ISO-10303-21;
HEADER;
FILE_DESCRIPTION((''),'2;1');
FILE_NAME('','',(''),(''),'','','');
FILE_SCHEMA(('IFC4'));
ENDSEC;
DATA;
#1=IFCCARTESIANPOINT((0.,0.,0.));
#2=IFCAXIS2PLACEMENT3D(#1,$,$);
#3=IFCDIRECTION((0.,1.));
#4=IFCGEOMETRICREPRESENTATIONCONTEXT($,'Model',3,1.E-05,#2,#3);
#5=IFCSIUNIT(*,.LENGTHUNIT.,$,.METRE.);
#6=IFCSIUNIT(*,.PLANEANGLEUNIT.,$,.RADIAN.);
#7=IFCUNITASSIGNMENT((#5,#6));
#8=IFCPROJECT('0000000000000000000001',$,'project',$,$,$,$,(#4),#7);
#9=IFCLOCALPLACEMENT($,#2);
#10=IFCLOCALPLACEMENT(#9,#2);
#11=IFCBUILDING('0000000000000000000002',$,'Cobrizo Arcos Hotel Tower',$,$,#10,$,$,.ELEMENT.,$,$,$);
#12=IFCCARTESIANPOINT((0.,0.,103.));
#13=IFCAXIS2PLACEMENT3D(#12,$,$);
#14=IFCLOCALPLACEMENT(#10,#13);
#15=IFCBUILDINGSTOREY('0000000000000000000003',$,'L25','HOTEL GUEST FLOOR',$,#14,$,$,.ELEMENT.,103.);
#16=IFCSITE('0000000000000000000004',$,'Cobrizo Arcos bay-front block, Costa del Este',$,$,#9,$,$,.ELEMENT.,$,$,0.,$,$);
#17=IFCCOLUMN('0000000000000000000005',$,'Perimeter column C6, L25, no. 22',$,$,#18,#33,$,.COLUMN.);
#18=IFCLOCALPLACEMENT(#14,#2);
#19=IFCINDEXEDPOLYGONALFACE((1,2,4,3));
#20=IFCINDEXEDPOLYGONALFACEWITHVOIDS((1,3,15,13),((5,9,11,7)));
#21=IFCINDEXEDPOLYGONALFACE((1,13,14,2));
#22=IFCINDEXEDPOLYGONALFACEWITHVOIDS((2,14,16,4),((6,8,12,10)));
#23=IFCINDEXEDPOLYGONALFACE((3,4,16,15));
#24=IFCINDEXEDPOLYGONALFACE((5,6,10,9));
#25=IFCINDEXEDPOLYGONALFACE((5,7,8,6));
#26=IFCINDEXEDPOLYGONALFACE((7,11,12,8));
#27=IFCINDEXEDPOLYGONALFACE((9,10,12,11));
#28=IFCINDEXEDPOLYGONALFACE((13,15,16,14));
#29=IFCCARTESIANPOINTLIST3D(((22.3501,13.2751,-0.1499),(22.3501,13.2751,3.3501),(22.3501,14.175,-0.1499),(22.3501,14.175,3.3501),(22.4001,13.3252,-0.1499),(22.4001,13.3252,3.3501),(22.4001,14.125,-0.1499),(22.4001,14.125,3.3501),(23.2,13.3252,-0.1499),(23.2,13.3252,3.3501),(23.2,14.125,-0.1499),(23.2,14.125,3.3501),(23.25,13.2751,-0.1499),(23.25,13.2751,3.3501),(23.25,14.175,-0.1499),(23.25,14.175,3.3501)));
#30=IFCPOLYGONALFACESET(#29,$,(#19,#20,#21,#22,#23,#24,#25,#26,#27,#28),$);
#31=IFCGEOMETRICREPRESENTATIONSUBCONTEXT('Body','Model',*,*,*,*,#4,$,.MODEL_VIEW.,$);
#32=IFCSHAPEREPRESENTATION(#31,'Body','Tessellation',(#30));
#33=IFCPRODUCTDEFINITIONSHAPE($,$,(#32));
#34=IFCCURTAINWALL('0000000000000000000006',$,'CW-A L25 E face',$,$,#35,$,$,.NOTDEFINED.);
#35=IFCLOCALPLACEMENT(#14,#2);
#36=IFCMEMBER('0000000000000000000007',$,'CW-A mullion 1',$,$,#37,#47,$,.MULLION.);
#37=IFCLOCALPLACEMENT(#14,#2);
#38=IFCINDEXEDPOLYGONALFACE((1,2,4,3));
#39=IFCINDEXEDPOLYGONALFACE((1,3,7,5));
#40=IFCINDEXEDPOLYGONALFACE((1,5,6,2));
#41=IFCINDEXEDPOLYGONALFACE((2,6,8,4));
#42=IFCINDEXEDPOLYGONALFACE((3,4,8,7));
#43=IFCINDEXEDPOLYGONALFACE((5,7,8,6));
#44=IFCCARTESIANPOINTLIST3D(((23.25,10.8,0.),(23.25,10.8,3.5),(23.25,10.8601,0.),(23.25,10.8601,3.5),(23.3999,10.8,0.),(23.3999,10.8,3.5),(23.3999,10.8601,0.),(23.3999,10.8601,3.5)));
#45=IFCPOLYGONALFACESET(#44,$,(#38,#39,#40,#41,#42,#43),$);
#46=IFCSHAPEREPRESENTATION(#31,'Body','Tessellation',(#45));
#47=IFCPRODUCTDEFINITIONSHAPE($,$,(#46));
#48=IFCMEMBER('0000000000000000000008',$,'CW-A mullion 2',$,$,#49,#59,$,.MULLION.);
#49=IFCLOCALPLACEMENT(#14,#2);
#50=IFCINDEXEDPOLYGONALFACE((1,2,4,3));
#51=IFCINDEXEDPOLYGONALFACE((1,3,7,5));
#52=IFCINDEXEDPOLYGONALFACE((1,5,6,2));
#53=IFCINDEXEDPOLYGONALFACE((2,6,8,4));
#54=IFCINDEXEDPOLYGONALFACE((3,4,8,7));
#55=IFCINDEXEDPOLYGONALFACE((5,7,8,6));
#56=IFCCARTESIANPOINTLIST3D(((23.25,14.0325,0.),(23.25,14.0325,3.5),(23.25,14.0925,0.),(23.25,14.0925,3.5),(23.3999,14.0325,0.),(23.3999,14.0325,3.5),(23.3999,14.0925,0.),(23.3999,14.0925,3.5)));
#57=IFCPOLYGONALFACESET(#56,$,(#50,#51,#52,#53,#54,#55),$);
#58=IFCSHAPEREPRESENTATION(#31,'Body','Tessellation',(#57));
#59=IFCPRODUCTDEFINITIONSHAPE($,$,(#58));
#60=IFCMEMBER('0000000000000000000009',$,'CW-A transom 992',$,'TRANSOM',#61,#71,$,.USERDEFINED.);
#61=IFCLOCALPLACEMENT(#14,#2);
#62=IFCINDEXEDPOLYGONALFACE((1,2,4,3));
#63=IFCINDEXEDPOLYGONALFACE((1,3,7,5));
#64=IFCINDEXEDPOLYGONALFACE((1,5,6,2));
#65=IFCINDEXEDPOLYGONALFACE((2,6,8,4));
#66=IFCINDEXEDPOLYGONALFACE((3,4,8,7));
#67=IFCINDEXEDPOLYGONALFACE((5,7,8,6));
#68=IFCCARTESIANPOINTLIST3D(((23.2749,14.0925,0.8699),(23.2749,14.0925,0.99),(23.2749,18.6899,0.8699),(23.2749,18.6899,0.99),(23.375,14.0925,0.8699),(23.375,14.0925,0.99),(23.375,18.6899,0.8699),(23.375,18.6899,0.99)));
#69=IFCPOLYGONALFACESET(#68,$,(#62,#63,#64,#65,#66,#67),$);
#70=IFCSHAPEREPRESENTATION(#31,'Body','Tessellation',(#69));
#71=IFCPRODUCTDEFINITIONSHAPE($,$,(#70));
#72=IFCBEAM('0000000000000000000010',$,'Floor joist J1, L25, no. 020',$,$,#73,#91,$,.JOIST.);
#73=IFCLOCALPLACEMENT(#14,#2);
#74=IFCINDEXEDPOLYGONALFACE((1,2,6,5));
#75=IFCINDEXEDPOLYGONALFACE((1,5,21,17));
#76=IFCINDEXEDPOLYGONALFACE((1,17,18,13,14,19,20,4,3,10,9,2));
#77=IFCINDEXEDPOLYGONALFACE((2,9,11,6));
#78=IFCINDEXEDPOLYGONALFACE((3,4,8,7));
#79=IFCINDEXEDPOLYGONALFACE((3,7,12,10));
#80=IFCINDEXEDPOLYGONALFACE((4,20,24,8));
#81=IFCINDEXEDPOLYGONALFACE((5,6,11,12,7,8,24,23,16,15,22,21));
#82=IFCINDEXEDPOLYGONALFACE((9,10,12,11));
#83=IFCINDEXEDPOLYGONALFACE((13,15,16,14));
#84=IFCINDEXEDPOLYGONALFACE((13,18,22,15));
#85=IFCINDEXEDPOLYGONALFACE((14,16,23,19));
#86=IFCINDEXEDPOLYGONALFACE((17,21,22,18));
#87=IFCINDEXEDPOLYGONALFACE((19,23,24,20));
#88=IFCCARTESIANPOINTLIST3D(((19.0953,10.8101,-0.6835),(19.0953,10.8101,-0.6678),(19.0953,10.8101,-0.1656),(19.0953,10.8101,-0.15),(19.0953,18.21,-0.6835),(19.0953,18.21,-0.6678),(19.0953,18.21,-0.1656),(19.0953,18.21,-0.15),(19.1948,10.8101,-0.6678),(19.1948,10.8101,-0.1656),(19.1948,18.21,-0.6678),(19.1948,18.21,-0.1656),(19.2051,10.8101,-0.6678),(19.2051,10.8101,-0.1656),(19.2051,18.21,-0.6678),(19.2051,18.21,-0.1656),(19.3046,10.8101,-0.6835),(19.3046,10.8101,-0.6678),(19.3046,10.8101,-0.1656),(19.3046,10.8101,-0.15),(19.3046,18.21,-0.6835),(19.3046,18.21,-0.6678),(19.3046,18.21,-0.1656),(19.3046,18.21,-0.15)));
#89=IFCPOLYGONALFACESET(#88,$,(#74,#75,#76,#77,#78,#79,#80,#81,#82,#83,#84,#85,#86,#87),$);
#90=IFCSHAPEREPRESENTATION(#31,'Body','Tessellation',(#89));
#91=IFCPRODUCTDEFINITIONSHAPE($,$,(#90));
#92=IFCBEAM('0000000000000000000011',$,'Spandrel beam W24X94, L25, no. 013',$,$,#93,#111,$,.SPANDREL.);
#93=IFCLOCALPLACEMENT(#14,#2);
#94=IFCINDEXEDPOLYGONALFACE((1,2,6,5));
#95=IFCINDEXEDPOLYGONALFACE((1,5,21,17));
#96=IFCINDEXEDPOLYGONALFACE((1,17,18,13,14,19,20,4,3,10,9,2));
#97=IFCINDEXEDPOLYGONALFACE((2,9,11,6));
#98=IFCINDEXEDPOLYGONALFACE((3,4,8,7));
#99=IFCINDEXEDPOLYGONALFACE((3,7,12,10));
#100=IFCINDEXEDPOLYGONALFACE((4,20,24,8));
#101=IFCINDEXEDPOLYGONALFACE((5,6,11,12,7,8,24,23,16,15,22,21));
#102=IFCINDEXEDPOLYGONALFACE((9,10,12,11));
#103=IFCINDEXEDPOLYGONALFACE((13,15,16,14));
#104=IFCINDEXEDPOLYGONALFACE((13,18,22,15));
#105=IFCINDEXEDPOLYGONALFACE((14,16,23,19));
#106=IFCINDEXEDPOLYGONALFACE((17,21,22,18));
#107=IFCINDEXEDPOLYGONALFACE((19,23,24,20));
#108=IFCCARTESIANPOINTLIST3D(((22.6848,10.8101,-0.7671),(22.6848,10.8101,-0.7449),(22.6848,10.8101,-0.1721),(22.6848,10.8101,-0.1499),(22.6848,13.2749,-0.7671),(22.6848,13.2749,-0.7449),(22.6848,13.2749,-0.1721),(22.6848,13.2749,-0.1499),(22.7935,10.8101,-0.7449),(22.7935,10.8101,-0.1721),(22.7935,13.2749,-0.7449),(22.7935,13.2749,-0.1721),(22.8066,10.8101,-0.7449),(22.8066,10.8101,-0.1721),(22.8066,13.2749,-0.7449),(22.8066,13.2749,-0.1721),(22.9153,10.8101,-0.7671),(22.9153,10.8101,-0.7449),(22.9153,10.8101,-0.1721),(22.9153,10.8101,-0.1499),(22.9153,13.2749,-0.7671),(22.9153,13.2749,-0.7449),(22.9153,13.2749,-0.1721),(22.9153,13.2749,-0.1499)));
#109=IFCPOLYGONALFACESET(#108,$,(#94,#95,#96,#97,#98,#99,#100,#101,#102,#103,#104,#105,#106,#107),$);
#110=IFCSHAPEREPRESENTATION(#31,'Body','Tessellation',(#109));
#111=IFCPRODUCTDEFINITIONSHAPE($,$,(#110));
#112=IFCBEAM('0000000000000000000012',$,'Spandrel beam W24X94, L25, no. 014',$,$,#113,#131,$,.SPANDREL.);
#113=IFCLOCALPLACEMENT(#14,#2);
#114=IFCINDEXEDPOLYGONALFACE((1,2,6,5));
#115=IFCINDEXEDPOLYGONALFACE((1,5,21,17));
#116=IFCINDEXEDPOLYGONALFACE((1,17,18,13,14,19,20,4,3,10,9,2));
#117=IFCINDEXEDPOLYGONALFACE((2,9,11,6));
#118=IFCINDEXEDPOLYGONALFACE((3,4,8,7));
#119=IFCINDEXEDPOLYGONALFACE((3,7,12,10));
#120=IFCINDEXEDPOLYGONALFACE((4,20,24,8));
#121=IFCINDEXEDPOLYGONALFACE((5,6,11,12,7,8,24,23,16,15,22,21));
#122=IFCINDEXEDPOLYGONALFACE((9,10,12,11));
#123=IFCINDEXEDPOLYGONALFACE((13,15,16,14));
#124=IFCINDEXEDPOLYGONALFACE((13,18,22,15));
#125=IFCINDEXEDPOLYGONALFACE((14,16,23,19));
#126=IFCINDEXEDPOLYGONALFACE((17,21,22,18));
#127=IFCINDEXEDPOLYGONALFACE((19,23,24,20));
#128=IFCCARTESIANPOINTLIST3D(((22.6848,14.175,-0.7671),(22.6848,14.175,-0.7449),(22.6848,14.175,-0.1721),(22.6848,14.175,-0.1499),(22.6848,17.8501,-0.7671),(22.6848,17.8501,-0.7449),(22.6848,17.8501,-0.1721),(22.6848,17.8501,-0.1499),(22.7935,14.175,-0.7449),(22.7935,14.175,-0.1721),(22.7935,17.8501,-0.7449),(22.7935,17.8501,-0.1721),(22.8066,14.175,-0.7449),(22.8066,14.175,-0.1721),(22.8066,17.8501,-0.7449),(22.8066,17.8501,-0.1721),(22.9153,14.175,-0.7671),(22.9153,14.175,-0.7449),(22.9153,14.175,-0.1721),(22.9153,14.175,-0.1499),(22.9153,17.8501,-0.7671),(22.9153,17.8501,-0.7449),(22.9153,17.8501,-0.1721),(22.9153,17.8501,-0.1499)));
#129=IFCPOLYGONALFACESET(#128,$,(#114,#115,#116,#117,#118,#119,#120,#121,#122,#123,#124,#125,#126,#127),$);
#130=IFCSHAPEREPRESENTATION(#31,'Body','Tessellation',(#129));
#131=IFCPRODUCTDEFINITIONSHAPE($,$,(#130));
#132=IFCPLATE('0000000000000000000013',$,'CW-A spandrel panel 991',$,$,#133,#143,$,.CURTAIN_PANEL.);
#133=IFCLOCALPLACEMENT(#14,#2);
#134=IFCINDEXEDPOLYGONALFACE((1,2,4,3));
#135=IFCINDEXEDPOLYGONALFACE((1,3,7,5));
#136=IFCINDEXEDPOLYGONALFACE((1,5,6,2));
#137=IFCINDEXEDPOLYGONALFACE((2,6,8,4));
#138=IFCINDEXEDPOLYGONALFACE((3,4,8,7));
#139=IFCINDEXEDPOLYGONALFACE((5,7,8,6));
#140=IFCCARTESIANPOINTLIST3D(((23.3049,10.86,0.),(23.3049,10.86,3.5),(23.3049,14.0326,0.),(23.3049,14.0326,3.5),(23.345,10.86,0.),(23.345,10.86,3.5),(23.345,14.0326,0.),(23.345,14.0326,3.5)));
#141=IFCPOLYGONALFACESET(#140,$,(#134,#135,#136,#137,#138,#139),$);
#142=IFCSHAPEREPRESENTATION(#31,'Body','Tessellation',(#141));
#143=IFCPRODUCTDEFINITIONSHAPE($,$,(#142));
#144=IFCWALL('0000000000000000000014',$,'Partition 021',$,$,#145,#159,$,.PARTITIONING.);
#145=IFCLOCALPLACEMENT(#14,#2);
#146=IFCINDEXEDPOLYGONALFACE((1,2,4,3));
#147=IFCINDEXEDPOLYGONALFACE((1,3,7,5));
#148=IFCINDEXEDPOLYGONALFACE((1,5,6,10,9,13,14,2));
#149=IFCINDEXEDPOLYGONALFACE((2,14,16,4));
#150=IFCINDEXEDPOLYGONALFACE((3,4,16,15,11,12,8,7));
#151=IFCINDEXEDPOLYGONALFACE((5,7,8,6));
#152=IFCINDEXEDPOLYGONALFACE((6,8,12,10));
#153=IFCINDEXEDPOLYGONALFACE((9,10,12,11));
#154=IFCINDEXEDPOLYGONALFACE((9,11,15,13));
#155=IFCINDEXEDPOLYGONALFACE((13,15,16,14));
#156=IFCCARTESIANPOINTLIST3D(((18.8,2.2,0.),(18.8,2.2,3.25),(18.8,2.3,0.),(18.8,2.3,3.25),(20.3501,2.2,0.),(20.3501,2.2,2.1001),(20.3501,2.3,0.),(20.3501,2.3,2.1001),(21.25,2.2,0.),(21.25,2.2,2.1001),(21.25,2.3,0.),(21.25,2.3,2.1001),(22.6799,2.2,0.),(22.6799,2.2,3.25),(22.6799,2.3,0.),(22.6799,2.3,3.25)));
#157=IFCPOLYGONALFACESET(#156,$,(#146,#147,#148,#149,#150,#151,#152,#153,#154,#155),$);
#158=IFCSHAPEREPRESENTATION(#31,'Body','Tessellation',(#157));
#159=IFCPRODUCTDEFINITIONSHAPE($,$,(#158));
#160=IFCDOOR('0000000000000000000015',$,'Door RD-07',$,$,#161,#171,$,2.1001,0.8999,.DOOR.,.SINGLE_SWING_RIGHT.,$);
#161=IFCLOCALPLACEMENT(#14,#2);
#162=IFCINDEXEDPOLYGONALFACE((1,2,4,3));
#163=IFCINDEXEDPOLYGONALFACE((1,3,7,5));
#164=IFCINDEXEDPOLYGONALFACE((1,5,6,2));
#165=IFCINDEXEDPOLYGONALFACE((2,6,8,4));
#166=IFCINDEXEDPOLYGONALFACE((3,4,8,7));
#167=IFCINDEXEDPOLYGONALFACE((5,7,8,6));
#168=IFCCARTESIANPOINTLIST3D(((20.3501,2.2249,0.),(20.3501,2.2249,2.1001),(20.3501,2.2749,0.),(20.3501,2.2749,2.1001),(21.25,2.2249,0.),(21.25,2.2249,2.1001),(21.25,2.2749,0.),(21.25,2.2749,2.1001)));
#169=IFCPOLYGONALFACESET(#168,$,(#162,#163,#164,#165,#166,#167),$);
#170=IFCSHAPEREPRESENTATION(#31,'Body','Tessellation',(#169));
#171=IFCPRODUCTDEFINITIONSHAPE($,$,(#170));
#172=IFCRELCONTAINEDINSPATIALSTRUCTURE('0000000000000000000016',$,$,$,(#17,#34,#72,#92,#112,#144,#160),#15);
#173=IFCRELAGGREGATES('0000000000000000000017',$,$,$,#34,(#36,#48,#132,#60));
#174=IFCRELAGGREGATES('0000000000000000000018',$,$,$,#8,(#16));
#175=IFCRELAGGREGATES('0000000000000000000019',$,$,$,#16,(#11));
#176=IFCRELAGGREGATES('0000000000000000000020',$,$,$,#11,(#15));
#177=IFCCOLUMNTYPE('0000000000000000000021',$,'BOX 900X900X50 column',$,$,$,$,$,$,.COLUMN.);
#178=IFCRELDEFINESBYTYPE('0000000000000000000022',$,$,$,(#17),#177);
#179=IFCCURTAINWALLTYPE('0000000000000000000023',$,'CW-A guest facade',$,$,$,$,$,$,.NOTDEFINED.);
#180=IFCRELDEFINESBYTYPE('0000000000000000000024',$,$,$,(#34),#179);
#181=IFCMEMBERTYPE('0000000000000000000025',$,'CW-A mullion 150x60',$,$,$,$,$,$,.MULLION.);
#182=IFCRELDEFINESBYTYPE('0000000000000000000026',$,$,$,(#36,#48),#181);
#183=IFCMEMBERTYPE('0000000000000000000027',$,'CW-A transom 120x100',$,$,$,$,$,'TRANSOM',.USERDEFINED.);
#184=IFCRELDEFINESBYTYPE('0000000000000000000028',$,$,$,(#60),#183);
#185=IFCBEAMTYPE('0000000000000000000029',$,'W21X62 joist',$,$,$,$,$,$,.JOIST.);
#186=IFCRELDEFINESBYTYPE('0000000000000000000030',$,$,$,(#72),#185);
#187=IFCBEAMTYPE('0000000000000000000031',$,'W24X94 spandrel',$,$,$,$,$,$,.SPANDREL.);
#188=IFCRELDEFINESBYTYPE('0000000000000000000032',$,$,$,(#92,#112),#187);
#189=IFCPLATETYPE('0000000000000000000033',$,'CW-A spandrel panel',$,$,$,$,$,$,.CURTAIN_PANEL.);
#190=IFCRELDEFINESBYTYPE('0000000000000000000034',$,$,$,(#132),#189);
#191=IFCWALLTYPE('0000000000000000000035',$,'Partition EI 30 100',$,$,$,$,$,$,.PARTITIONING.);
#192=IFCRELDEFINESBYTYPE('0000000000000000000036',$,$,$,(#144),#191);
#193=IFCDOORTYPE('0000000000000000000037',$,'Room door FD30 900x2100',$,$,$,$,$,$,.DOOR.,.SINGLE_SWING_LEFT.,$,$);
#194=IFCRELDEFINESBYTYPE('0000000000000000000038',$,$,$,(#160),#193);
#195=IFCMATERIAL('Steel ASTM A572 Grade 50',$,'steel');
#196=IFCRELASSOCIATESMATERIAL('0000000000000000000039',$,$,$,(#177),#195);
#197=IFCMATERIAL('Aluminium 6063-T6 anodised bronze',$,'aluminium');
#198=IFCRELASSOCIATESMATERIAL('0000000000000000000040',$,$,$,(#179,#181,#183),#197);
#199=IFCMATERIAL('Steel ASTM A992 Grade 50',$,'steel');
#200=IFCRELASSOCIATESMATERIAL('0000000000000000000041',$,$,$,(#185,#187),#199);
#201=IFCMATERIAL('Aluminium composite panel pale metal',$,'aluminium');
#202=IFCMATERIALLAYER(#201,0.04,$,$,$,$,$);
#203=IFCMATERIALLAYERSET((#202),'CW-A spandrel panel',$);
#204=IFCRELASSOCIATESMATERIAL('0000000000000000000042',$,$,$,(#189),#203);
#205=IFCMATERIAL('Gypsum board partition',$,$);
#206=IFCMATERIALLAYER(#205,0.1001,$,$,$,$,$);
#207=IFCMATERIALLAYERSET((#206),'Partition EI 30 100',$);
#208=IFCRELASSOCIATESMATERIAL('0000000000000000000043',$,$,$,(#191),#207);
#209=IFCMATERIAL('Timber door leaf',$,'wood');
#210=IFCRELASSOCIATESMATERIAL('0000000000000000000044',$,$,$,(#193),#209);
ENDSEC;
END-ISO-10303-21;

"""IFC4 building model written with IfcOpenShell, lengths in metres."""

from ifc_helpers import new_model, si_unit, direction, frame, frame_2d, origin, origin_2d, place, context, subcontext, project, spatial, rectangle, hollow_rectangle, i_section, extrude, material, layer, layer_set, material_profile, profile_set, type_object, element, fill, aggregate, save


model = new_model("IFC4")

# Units and contexts
model_context = context("Model", 3, precision=1e-05, world=origin(), true_north=direction((0.0, 1.0)))
body_context = subcontext(model_context, "Body", "Model", "MODEL_VIEW")
ifc_project = project(units=[si_unit("LENGTHUNIT", "METRE"), si_unit("PLANEANGLEUNIT", "RADIAN")], contexts=[model_context])

# Site, building, storey
site_placement = place(None, origin())
site = spatial("IfcSite", under=ifc_project, at=site_placement, Name="Cobrizo Arcos bay-front block, Costa del Este", CompositionType="ELEMENT", RefElevation=0.0)
building_placement = place(site_placement, origin())
building = spatial("IfcBuilding", under=site, at=building_placement, Name="Cobrizo Arcos Hotel Tower", CompositionType="ELEMENT")
storey_placement = place(building_placement, frame((0.0, 0.0, 103.0)))
storey = spatial("IfcBuildingStorey", under=building, at=storey_placement, Name="L25", Description="HOTEL GUEST FLOOR", CompositionType="ELEMENT", Elevation=103.0)

# Column
ifc_material_1 = material(Name="Steel ASTM A572 Grade 50", Category="steel")
ifc_material_profile_1 = material_profile(ifc_material_1, hollow_rectangle(XDim=0.8999, YDim=0.8999, WallThickness=0.05, at=origin_2d()), Name="BOX 900X900X50")
ifc_profile_set_1 = profile_set([ifc_material_profile_1], Name="Steel ASTM A572 Grade 50")
column_type = type_object("IfcColumnType", Name="BOX 900X900X50 column", PredefinedType="COLUMN", material=ifc_profile_set_1)
column_placement = place(storey_placement, frame((22.8, 13.7251, -0.1499), z_axis=(0.0, 0.0, 1.0), x_axis=(1.0, 0.0, 0.0)))
element("IfcColumn", 1, at=column_placement, inside=storey, type_object=column_type, Name="Perimeter column C6, L25, no. 22", PredefinedType="COLUMN", context=body_context, shape_type="SweptSolid", body=[
    extrude(hollow_rectangle(XDim=0.8999, YDim=0.8999, WallThickness=0.05, at=origin_2d()), origin(), (0.0, 0.0, 1.0), 3.5),
])

# Curtain wall, members
ifc_material_2 = material(Name="Aluminium 6063-T6 anodised bronze", Category="aluminium")
curtain_wall_type = type_object("IfcCurtainWallType", Name="CW-A guest facade", PredefinedType="NOTDEFINED", material=ifc_material_2)
curtain_wall_placement = place(storey_placement, origin())
curtain_wall = element("IfcCurtainWall", 2, at=curtain_wall_placement, inside=storey, type_object=curtain_wall_type, Name="CW-A L25 E face", PredefinedType="NOTDEFINED")
ifc_material_profile_2 = material_profile(ifc_material_2, rectangle(XDim=0.1499, YDim=0.0601, at=origin_2d()), Name="CW-A mullion 150x60")
ifc_profile_set_2 = profile_set([ifc_material_profile_2], Name="Aluminium 6063-T6 anodised bronze")
member_type_1 = type_object("IfcMemberType", Name="CW-A mullion 150x60", PredefinedType="MULLION", material=ifc_profile_set_2)
member_1_placement = place(storey_placement, frame((23.325, 10.8301, 0.0), z_axis=(0.0, 0.0, 1.0), x_axis=(1.0, 0.0, 0.0)))
member_1 = element("IfcMember", 3, at=member_1_placement, type_object=member_type_1, Name="CW-A mullion 1", PredefinedType="MULLION", context=body_context, shape_type="SweptSolid", body=[
    extrude(rectangle(XDim=0.1499, YDim=0.0601, at=origin_2d()), origin(), (0.0, 0.0, 1.0), 3.5),
])
member_2_placement = place(storey_placement, frame((23.325, 14.0625, 0.0), z_axis=(0.0, 0.0, 1.0), x_axis=(1.0, 0.0, 0.0)))
member_2 = element("IfcMember", 4, at=member_2_placement, type_object=member_type_1, Name="CW-A mullion 2", PredefinedType="MULLION", context=body_context, shape_type="SweptSolid", body=[
    extrude(rectangle(XDim=0.1499, YDim=0.0601, at=origin_2d()), origin(), (0.0, 0.0, 1.0), 3.5),
])
ifc_material_profile_3 = material_profile(ifc_material_2, rectangle(XDim=0.1001, YDim=0.1201, at=origin_2d()), Name="CW-A transom 120x100")
ifc_profile_set_3 = profile_set([ifc_material_profile_3], Name="Aluminium 6063-T6 anodised bronze")
member_type_2 = type_object("IfcMemberType", Name="CW-A transom 120x100", ElementType="TRANSOM", PredefinedType="USERDEFINED", material=ifc_profile_set_3)
member_3_placement = place(storey_placement, frame((23.325, 14.0925, 0.9299), z_axis=(0.0, 1.0, 0.0), x_axis=(-1.0, 0.0, 0.0)))
member_3 = element("IfcMember", 5, at=member_3_placement, type_object=member_type_2, Name="CW-A transom 992", ObjectType="TRANSOM", PredefinedType="USERDEFINED", context=body_context, shape_type="SweptSolid", body=[
    extrude(rectangle(XDim=0.1001, YDim=0.1201, at=origin_2d()), origin(), (0.0, 0.0, 1.0), 4.5974),
])

# Beams
ifc_material_3 = material(Name="Steel ASTM A992 Grade 50", Category="steel")
ifc_material_profile_4 = material_profile(ifc_material_3, i_section(OverallWidth=0.2092, OverallDepth=0.5334, WebThickness=0.0103, FlangeThickness=0.0156, at=origin_2d()), Name="W21X62")
ifc_profile_set_4 = profile_set([ifc_material_profile_4], Name="Steel ASTM A992 Grade 50")
beam_type_1 = type_object("IfcBeamType", Name="W21X62 joist", PredefinedType="JOIST", material=ifc_profile_set_4)
beam_1_placement = place(storey_placement, frame((19.2, 10.8101, -0.4167), z_axis=(0.0, 1.0, 0.0), x_axis=(-1.0, 0.0, 0.0)))
element("IfcBeam", 6, at=beam_1_placement, inside=storey, type_object=beam_type_1, Name="Floor joist J1, L25, no. 020", PredefinedType="JOIST", context=body_context, shape_type="SweptSolid", body=[
    extrude(i_section(OverallWidth=0.2092, OverallDepth=0.5334, WebThickness=0.0103, FlangeThickness=0.0156, at=origin_2d()), origin(), (0.0, 0.0, 1.0), 7.3999),
])
ifc_material_profile_5 = material_profile(ifc_material_3, i_section(OverallWidth=0.2305, OverallDepth=0.6172, WebThickness=0.0132, FlangeThickness=0.0222, at=origin_2d()), Name="W24X94")
ifc_profile_set_5 = profile_set([ifc_material_profile_5], Name="Steel ASTM A992 Grade 50")
beam_type_2 = type_object("IfcBeamType", Name="W24X94 spandrel", PredefinedType="SPANDREL", material=ifc_profile_set_5)
beam_2_placement = place(storey_placement, frame((22.8, 10.8101, -0.4585), z_axis=(0.0, 1.0, 0.0), x_axis=(-1.0, 0.0, 0.0)))
element("IfcBeam", 7, at=beam_2_placement, inside=storey, type_object=beam_type_2, Name="Spandrel beam W24X94, L25, no. 013", PredefinedType="SPANDREL", context=body_context, shape_type="SweptSolid", body=[
    extrude(i_section(OverallWidth=0.2305, OverallDepth=0.6172, WebThickness=0.0132, FlangeThickness=0.0222, at=origin_2d()), origin(), (0.0, 0.0, 1.0), 2.4648),
])
beam_3_placement = place(storey_placement, frame((22.8, 14.175, -0.4585), z_axis=(0.0, 1.0, 0.0), x_axis=(-1.0, 0.0, 0.0)))
element("IfcBeam", 8, at=beam_3_placement, inside=storey, type_object=beam_type_2, Name="Spandrel beam W24X94, L25, no. 014", PredefinedType="SPANDREL", context=body_context, shape_type="SweptSolid", body=[
    extrude(i_section(OverallWidth=0.2305, OverallDepth=0.6172, WebThickness=0.0132, FlangeThickness=0.0222, at=origin_2d()), origin(), (0.0, 0.0, 1.0), 3.675),
])

# Plate
ifc_material_4 = material(Name="Aluminium composite panel pale metal", Category="aluminium")
ifc_layer_1 = layer(ifc_material_4, 0.04)
ifc_layer_set_1 = layer_set([ifc_layer_1], Name="CW-A spandrel panel")
plate_type = type_object("IfcPlateType", Name="CW-A spandrel panel", PredefinedType="CURTAIN_PANEL", material=ifc_layer_set_1)
plate_placement = place(storey_placement, frame((23.325, 12.4463, 0.0), z_axis=(0.0, 0.0, 1.0), x_axis=(0.0, 1.0, 0.0)))
plate = element("IfcPlate", 9, at=plate_placement, type_object=plate_type, Name="CW-A spandrel panel 991", PredefinedType="CURTAIN_PANEL", context=body_context, shape_type="SweptSolid", body=[
    extrude(rectangle(XDim=3.1726, YDim=0.04, at=origin_2d()), origin(), (0.0, 0.0, 1.0), 3.5),
])
aggregate(curtain_wall, [member_1, member_2, plate, member_3])

# Wall, opening, door
ifc_material_5 = material(Name="Gypsum board partition")
ifc_layer_2 = layer(ifc_material_5, 0.1001)
ifc_layer_set_2 = layer_set([ifc_layer_2], Name="Partition EI 30 100")
wall_type_1 = type_object("IfcWallType", Name="Partition EI 30 100", PredefinedType="PARTITIONING", material=ifc_layer_set_2)
wall_1_placement = place(storey_placement, frame((18.8, 2.25, 0.0), z_axis=(0.0, 0.0, 1.0), x_axis=(1.0, 0.0, 0.0)))
wall_1 = element("IfcWall", 10, at=wall_1_placement, inside=storey, type_object=wall_type_1, Name="Partition 021", PredefinedType="PARTITIONING", context=body_context, shape_type="SweptSolid", body=[
    extrude(rectangle(XDim=3.8799, YDim=0.1001, at=frame_2d((1.9399, 0.0))), origin(), (0.0, 0.0, 1.0), 3.25),
])
opening_1_placement = place(wall_1_placement, frame((1.55, 0.0, 0.0)))
opening_1 = element("IfcOpeningElement", 11, at=opening_1_placement, cuts=wall_1, PredefinedType="OPENING", context=body_context, shape_type="SweptSolid", body=[
    extrude(rectangle(XDim=0.8999, YDim=2.1001, at=frame_2d((0.45, 1.05))), frame((0.0, 0.062, 0.0), z_axis=(0.0, -1.0, 0.0), x_axis=(1.0, 0.0, 0.0)), (0.0, 0.0, 1.0), 0.124),
])
ifc_material_6 = material(Name="Timber door leaf", Category="wood")
door_type = type_object("IfcDoorType", Name="Room door FD30 900x2100", OperationType="SINGLE_SWING_LEFT", PredefinedType="DOOR", material=ifc_material_6)
door_1_placement = place(opening_1_placement, origin())
door_1 = element("IfcDoor", 12, at=door_1_placement, inside=storey, type_object=door_type, Name="Door RD-07", OperationType="SINGLE_SWING_RIGHT", OverallHeight=2.1001, OverallWidth=0.8999, PredefinedType="DOOR", context=body_context, shape_type="SweptSolid", body=[
    extrude(rectangle(XDim=0.8999, YDim=2.1001, at=frame_2d((0.45, 1.05))), frame((0.0, 0.0249, 0.0), z_axis=(0.0, -1.0, 0.0), x_axis=(1.0, 0.0, 0.0)), (0.0, 0.0, 1.0), 0.05),
])
fill(opening_1, door_1)

save(model, "model.ifc")
